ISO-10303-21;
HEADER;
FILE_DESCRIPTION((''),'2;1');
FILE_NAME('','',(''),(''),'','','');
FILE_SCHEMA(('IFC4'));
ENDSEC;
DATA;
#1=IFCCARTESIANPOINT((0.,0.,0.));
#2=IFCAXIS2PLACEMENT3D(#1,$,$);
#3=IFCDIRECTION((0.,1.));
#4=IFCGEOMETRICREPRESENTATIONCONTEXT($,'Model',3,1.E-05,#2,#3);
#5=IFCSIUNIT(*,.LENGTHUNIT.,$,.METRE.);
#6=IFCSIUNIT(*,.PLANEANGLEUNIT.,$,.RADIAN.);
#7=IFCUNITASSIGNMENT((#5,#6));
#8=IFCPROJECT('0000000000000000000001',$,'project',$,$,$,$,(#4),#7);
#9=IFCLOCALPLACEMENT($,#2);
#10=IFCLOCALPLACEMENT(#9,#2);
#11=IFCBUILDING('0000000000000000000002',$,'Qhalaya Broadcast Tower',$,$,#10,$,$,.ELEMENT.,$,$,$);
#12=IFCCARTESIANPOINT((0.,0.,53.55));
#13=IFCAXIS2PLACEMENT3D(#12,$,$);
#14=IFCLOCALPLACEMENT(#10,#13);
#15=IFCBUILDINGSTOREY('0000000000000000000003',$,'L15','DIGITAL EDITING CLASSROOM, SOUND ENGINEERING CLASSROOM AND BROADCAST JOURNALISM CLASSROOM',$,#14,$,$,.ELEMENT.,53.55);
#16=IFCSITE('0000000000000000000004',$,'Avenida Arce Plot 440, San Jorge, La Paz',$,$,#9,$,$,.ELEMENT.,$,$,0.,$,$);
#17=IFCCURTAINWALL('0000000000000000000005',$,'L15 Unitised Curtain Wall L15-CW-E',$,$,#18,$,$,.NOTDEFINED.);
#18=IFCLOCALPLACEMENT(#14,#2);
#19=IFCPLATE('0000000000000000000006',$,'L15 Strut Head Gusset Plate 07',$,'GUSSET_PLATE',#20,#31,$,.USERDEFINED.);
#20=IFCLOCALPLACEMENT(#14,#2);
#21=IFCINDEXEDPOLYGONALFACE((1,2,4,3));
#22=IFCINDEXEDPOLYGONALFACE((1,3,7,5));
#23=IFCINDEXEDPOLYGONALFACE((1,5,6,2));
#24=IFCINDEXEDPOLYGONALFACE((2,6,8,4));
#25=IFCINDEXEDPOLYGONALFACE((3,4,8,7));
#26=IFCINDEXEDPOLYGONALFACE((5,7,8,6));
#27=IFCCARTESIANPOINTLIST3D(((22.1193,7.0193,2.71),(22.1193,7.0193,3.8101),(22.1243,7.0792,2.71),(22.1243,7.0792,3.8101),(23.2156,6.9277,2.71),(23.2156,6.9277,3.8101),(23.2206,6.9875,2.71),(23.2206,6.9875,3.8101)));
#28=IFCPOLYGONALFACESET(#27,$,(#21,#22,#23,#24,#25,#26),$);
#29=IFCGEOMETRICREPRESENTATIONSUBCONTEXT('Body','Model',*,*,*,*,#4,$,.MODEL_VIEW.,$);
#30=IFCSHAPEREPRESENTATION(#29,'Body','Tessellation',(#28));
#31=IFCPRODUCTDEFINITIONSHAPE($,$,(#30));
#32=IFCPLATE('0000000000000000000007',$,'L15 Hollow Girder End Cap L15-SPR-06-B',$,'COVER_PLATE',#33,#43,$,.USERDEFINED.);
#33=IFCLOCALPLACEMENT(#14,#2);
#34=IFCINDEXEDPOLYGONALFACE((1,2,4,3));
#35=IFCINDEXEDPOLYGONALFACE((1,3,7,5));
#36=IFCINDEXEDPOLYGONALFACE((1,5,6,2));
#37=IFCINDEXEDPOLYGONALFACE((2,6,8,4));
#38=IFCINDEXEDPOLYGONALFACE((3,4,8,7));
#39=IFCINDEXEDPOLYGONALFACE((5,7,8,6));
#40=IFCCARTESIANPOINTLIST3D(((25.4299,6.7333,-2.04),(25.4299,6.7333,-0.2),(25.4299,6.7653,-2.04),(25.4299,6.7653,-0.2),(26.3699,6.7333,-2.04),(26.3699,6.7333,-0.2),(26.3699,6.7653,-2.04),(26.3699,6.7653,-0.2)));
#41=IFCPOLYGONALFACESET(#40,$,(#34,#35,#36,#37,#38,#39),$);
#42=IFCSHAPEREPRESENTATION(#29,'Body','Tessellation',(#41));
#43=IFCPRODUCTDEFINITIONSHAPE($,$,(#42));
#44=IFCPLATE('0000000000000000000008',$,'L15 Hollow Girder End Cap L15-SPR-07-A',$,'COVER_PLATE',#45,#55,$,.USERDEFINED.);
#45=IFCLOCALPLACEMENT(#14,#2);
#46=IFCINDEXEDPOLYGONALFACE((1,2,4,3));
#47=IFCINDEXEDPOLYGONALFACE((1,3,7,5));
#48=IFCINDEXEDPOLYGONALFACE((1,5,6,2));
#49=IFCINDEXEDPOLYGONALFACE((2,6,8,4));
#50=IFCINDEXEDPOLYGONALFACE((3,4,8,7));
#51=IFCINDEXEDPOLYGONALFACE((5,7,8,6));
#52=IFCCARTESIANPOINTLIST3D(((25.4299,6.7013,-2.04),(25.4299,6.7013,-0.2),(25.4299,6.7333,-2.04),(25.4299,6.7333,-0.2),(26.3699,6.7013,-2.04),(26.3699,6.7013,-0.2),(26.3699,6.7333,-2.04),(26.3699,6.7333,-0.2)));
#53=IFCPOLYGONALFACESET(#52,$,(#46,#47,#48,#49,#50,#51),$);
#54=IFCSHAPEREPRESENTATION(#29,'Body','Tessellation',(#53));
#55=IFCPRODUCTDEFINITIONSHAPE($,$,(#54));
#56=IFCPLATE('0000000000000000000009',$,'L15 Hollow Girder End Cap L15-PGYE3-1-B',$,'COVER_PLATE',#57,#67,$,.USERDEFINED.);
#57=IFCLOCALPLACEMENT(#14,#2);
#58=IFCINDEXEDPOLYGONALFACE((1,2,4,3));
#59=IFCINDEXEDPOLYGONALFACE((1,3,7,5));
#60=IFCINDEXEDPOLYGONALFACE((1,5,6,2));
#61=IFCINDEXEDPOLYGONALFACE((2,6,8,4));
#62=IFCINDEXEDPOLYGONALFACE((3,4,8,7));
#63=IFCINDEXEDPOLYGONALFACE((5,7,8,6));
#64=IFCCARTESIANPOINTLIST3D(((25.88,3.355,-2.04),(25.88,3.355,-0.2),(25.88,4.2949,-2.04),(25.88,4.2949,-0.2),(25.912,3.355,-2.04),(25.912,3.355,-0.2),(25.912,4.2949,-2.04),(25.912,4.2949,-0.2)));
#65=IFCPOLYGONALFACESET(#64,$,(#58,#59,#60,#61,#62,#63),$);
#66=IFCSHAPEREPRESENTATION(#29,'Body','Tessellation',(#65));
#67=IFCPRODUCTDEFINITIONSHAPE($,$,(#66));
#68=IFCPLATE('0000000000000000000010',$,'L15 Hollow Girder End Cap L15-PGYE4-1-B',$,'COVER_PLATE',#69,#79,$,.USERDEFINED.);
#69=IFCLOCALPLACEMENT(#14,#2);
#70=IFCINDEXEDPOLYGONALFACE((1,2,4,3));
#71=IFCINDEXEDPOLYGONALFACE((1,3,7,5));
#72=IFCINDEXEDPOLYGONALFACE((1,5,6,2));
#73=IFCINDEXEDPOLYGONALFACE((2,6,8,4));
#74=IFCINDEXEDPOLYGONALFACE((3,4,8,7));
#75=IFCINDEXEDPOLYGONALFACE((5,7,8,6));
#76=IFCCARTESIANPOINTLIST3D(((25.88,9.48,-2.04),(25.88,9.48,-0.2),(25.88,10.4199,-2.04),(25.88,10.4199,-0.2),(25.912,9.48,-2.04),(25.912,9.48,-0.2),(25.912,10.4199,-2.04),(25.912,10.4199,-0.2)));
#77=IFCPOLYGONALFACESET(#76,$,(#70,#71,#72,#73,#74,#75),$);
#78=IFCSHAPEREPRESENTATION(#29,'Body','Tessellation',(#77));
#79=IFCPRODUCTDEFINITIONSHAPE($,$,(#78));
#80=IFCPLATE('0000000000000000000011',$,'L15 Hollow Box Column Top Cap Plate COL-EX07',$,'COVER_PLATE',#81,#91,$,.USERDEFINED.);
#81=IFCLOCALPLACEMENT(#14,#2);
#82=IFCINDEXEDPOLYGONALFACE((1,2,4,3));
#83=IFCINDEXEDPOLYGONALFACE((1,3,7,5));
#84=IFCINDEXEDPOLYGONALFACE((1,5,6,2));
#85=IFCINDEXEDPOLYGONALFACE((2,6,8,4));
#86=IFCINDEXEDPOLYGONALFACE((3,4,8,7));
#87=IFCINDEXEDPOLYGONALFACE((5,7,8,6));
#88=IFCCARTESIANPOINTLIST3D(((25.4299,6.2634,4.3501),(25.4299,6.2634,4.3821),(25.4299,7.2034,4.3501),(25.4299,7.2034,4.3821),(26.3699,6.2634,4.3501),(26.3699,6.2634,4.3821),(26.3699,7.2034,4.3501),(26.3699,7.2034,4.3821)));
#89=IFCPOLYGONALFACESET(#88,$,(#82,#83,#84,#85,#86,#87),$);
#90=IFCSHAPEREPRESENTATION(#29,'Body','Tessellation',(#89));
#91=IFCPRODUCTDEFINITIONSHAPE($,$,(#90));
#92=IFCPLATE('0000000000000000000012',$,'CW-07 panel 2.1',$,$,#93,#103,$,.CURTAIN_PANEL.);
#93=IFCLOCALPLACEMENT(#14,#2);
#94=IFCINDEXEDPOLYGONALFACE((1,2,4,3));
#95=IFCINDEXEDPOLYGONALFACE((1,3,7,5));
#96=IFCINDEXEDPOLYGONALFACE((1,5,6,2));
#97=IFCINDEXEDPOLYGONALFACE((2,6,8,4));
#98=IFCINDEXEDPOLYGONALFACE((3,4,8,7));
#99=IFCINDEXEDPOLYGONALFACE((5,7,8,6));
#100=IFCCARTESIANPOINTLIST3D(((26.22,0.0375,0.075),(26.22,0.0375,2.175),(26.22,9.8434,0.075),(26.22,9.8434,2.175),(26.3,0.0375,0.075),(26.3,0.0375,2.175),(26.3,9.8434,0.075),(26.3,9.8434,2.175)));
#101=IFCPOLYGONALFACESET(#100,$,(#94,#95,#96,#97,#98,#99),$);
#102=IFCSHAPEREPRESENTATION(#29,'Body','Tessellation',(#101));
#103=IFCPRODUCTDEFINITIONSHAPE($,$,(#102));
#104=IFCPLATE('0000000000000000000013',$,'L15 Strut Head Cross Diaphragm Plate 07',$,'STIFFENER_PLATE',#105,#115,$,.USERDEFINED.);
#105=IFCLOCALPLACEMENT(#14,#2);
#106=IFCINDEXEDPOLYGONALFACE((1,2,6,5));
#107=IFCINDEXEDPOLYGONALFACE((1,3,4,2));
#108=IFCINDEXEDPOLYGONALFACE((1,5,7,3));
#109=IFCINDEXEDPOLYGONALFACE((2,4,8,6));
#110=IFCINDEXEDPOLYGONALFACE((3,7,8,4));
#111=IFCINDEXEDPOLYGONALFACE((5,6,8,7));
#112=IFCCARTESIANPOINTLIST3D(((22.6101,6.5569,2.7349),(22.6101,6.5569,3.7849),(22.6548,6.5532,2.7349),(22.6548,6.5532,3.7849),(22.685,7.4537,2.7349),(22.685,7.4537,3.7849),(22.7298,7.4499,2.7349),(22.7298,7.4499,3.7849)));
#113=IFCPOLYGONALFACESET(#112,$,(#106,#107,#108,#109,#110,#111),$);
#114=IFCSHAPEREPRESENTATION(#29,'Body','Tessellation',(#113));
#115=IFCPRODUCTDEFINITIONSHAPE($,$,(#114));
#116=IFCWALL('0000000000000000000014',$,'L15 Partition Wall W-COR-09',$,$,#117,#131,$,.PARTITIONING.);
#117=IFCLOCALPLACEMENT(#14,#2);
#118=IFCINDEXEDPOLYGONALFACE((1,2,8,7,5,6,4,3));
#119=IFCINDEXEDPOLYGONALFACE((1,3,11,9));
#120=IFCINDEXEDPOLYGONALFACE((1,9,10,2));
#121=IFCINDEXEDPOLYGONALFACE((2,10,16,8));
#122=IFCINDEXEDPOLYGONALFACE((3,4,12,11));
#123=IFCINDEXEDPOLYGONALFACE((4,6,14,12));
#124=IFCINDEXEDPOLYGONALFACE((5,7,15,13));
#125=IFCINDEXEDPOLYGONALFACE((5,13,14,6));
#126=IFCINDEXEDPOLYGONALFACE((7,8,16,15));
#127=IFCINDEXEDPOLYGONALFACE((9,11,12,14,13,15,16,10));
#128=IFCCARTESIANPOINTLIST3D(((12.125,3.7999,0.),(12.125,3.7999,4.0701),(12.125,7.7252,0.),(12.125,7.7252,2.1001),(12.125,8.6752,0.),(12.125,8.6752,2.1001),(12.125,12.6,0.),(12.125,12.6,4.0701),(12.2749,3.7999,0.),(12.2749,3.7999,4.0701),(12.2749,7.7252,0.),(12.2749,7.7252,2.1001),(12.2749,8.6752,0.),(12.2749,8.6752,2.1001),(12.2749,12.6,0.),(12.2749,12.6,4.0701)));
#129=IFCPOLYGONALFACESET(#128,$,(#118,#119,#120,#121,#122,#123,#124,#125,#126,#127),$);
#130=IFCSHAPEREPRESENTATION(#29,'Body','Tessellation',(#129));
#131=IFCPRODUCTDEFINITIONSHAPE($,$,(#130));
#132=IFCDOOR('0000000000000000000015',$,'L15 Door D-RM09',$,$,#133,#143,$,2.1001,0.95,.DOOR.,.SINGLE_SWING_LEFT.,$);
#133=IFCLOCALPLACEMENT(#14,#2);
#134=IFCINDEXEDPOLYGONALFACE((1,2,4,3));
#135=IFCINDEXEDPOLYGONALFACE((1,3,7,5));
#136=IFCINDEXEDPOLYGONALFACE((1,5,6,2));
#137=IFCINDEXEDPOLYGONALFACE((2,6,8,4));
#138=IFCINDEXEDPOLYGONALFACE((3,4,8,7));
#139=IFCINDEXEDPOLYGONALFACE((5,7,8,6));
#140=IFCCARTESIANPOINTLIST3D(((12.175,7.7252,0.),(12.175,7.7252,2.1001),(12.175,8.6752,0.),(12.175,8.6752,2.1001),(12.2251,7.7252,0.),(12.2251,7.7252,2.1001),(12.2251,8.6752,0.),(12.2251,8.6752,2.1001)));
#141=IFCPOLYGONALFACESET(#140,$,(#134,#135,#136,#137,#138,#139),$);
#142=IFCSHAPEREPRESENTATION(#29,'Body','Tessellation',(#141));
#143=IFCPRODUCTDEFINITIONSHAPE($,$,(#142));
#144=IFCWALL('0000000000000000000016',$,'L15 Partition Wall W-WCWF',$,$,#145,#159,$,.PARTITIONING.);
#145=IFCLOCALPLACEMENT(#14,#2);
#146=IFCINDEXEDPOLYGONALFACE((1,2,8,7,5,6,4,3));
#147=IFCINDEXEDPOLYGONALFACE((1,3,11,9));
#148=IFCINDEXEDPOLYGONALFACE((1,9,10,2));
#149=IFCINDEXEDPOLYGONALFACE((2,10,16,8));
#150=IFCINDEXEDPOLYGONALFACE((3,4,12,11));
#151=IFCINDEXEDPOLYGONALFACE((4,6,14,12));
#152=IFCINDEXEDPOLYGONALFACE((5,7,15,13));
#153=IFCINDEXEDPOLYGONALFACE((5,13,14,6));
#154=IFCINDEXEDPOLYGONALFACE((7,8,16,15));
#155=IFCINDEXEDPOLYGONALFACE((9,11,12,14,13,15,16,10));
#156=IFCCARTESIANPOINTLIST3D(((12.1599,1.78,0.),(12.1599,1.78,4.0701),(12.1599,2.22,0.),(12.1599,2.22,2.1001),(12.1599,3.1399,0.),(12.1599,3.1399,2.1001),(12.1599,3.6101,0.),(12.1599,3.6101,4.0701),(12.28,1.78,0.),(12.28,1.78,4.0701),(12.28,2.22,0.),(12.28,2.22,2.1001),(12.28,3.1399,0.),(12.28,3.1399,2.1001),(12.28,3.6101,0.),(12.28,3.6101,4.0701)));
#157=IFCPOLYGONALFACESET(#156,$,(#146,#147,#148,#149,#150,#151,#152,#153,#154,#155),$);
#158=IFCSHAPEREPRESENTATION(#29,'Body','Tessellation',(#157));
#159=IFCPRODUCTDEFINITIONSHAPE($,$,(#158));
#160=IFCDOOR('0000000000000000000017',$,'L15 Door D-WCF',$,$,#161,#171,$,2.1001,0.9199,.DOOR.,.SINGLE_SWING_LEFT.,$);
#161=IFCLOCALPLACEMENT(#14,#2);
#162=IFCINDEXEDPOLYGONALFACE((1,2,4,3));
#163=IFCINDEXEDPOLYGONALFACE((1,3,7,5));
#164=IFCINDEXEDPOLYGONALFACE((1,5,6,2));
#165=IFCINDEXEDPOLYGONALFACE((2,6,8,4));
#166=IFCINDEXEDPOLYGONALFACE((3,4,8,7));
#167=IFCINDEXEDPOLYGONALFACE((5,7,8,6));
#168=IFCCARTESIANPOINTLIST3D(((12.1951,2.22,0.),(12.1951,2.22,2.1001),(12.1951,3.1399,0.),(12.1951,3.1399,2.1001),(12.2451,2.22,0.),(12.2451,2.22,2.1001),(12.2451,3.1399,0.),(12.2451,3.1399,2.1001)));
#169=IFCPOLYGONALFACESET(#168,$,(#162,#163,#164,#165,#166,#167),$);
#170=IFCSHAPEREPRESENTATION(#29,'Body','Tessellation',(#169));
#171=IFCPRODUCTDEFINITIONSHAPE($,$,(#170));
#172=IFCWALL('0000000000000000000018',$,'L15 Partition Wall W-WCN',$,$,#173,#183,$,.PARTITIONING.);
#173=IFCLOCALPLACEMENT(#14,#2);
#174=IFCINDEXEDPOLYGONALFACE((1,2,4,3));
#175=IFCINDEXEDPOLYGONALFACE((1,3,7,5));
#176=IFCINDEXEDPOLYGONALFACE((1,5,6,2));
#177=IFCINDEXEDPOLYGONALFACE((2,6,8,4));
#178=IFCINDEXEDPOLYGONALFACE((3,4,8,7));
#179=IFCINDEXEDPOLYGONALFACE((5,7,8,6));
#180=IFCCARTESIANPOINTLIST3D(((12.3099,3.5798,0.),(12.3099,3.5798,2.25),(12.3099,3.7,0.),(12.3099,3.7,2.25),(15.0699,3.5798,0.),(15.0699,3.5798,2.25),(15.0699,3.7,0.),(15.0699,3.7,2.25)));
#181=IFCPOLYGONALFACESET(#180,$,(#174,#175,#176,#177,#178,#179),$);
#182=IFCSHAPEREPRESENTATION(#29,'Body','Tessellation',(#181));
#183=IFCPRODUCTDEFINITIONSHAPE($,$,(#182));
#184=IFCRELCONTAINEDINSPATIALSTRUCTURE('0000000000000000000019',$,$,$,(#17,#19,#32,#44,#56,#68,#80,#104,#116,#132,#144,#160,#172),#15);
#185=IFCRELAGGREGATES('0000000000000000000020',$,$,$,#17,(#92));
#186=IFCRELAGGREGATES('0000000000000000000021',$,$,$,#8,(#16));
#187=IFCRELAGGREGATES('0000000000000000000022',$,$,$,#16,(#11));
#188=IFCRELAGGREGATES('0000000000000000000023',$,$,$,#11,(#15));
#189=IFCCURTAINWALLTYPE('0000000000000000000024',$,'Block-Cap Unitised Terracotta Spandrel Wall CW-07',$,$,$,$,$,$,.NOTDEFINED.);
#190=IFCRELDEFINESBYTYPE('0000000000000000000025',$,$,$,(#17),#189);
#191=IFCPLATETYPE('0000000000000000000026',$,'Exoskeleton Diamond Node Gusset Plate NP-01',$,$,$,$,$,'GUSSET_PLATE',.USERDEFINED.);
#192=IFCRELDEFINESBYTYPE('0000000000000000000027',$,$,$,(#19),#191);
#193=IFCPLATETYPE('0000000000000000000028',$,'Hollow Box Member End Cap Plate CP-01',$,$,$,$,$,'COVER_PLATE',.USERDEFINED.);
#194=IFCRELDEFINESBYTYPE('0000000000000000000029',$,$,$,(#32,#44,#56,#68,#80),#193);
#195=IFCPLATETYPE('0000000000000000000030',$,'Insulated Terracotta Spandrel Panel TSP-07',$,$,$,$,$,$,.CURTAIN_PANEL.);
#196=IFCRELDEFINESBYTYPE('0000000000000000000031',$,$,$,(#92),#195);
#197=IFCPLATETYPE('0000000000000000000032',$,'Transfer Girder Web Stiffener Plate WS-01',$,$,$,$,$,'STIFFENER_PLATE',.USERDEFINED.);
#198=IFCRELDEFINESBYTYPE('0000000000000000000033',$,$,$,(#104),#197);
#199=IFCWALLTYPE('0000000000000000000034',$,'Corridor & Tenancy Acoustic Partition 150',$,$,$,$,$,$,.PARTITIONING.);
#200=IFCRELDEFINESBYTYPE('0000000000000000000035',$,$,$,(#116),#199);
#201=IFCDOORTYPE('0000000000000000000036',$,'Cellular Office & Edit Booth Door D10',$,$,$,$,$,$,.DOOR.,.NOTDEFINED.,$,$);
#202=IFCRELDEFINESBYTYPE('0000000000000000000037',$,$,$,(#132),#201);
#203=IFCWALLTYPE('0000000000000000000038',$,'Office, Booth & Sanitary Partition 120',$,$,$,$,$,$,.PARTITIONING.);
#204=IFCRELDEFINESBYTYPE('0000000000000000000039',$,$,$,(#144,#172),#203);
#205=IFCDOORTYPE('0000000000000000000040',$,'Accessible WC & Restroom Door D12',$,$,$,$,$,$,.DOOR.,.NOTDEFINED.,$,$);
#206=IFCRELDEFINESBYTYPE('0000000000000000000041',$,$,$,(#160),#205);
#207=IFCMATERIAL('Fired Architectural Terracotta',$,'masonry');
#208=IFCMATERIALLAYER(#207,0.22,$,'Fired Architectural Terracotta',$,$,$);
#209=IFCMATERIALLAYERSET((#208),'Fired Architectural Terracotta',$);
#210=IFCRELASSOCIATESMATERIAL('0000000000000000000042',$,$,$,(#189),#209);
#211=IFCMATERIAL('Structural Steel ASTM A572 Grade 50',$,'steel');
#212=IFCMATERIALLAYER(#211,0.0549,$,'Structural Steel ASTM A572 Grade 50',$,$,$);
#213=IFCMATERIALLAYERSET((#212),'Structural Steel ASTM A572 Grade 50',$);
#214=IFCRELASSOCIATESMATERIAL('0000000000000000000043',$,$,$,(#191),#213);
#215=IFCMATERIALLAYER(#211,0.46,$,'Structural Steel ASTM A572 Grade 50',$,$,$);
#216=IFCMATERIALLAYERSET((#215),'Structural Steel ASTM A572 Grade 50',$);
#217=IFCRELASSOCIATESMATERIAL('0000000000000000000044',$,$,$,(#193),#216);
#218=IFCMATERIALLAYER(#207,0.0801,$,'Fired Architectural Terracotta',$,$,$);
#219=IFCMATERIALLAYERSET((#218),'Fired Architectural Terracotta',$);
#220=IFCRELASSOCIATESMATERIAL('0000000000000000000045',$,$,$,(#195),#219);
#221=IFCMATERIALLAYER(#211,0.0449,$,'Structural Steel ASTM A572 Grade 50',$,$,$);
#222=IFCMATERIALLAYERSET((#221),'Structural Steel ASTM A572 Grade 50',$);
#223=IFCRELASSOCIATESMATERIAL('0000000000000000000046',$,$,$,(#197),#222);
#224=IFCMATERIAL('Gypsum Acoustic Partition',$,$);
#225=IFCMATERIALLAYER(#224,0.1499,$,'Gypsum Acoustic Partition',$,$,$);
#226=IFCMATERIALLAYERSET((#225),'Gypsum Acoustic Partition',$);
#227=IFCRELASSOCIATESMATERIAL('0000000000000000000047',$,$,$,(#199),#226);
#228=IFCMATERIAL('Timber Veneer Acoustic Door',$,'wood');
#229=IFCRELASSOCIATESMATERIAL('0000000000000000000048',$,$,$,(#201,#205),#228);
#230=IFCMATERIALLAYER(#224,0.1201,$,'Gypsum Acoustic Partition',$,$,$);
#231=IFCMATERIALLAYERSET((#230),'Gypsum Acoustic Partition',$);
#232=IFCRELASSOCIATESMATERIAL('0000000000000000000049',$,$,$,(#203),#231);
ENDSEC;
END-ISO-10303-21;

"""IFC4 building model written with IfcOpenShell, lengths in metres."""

from ifc_helpers import new_model, si_unit, direction, frame, frame_2d, origin, origin_2d, place, context, subcontext, project, spatial, rectangle, extrude, material, layer, layer_set, type_object, element, fill, aggregate, save


model = new_model("IFC4")

# Units and contexts
model_context = context("Model", 3, precision=1e-05, world=origin(), true_north=direction((0.0, 1.0)))
body_context = subcontext(model_context, "Body", "Model", "MODEL_VIEW")
ifc_project = project(units=[si_unit("LENGTHUNIT", "METRE"), si_unit("PLANEANGLEUNIT", "RADIAN")], contexts=[model_context])

# Site, building, storey
site_placement = place(None, origin())
site = spatial("IfcSite", under=ifc_project, at=site_placement, Name="Avenida Arce Plot 440, San Jorge, La Paz", CompositionType="ELEMENT", RefElevation=0.0)
building_placement = place(site_placement, origin())
building = spatial("IfcBuilding", under=site, at=building_placement, Name="Qhalaya Broadcast Tower", CompositionType="ELEMENT")
storey_placement = place(building_placement, frame((0.0, 0.0, 53.55)))
storey = spatial("IfcBuildingStorey", under=building, at=storey_placement, Name="L15", Description="DIGITAL EDITING CLASSROOM, SOUND ENGINEERING CLASSROOM AND BROADCAST JOURNALISM CLASSROOM", CompositionType="ELEMENT", Elevation=53.55)

# Shared definitions
ifc_material_1 = material(Name="Structural Steel ASTM A572 Grade 50", Category="steel")

# Curtain wall
ifc_material_2 = material(Name="Fired Architectural Terracotta", Category="masonry")
ifc_layer_1 = layer(ifc_material_2, 0.22, Name="Fired Architectural Terracotta")
ifc_layer_set_1 = layer_set([ifc_layer_1], Name="Fired Architectural Terracotta")
curtain_wall_type = type_object("IfcCurtainWallType", Name="Block-Cap Unitised Terracotta Spandrel Wall CW-07", PredefinedType="NOTDEFINED", material=ifc_layer_set_1)
curtain_wall_placement = place(storey_placement, origin())
curtain_wall = element("IfcCurtainWall", 1, at=curtain_wall_placement, inside=storey, type_object=curtain_wall_type, Name="L15 Unitised Curtain Wall L15-CW-E", PredefinedType="NOTDEFINED")

# Plates
ifc_layer_2 = layer(ifc_material_1, 0.0549, Name="Structural Steel ASTM A572 Grade 50")
ifc_layer_set_2 = layer_set([ifc_layer_2], Name="Structural Steel ASTM A572 Grade 50")
plate_type_1 = type_object("IfcPlateType", Name="Exoskeleton Diamond Node Gusset Plate NP-01", ElementType="GUSSET_PLATE", PredefinedType="USERDEFINED", material=ifc_layer_set_2)
for number, where, z_axis, x_axis, name in (
    (2, (22.6699, 7.0034, 2.71), (0.0, 0.0, 1.0), (-0.996525, 0.083295, 0.0), "L15 Strut Head Gusset Plate 07"),
):
    element("IfcPlate", number, at=place(storey_placement, frame(where, z_axis=z_axis, x_axis=x_axis)), inside=storey, type_object=plate_type_1, Name=name, ObjectType="GUSSET_PLATE", PredefinedType="USERDEFINED", context=body_context, shape_type="SweptSolid", body=[
        extrude(rectangle(XDim=1.1001, YDim=0.0601, at=origin_2d()), origin(), (0.0, 0.0, 1.0), 1.1001),
    ])
ifc_layer_3 = layer(ifc_material_1, 0.46, Name="Structural Steel ASTM A572 Grade 50")
ifc_layer_set_3 = layer_set([ifc_layer_3], Name="Structural Steel ASTM A572 Grade 50")
plate_type_2 = type_object("IfcPlateType", Name="Hollow Box Member End Cap Plate CP-01", ElementType="COVER_PLATE", PredefinedType="USERDEFINED", material=ifc_layer_set_3)
for number, where, z_axis, x_axis, name in (
    (3, (25.8999, 6.7493, -2.04), (0.0, 0.0, 1.0), (-1.0, 0.0, 0.0), "L15 Hollow Girder End Cap L15-SPR-06-B"),
    (4, (25.8999, 6.7173, -2.04), (0.0, 0.0, 1.0), (-1.0, 0.0, 0.0), "L15 Hollow Girder End Cap L15-SPR-07-A"),
    (5, (25.896, 3.825, -2.04), (0.0, 0.0, 1.0), (0.0, 1.0, 0.0), "L15 Hollow Girder End Cap L15-PGYE3-1-B"),
    (6, (25.896, 9.95, -2.04), (0.0, 0.0, 1.0), (0.0, 1.0, 0.0), "L15 Hollow Girder End Cap L15-PGYE4-1-B"),
):
    element("IfcPlate", number, at=place(storey_placement, frame(where, z_axis=z_axis, x_axis=x_axis)), inside=storey, type_object=plate_type_2, Name=name, ObjectType="COVER_PLATE", PredefinedType="USERDEFINED", context=body_context, shape_type="SweptSolid", body=[
        extrude(rectangle(XDim=0.9399, YDim=0.032, at=origin_2d()), origin(), (0.0, 0.0, 1.0), 1.8401),
    ])
plate_1_placement = place(storey_placement, frame((25.8999, 6.7334, 4.3501), z_axis=(0.0, 0.0, 1.0), x_axis=(0.0, 1.0, 0.0)))
element("IfcPlate", 7, at=plate_1_placement, inside=storey, type_object=plate_type_2, Name="L15 Hollow Box Column Top Cap Plate COL-EX07", ObjectType="COVER_PLATE", PredefinedType="USERDEFINED", context=body_context, shape_type="SweptSolid", body=[
    extrude(rectangle(XDim=0.9399, YDim=0.9399, at=origin_2d()), origin(), (0.0, 0.0, 1.0), 0.032),
])

# Plates
ifc_layer_4 = layer(ifc_material_2, 0.0801, Name="Fired Architectural Terracotta")
ifc_layer_set_4 = layer_set([ifc_layer_4], Name="Fired Architectural Terracotta")
plate_type_3 = type_object("IfcPlateType", Name="Insulated Terracotta Spandrel Panel TSP-07", PredefinedType="CURTAIN_PANEL", material=ifc_layer_set_4)
plate_2_placement = place(storey_placement, frame((26.26, 4.9404, 0.075), z_axis=(0.0, 0.0, 1.0), x_axis=(0.0, -1.0, 0.0)))
plate_2 = element("IfcPlate", 8, at=plate_2_placement, type_object=plate_type_3, Name="CW-07 panel 2.1", PredefinedType="CURTAIN_PANEL", context=body_context, shape_type="SweptSolid", body=[
    extrude(rectangle(XDim=9.8059, YDim=0.0801, at=origin_2d()), origin(), (0.0, 0.0, 1.0), 2.1001),
])
aggregate(curtain_wall, [plate_2])
ifc_layer_5 = layer(ifc_material_1, 0.0449, Name="Structural Steel ASTM A572 Grade 50")
ifc_layer_set_5 = layer_set([ifc_layer_5], Name="Structural Steel ASTM A572 Grade 50")
plate_type_4 = type_object("IfcPlateType", Name="Transfer Girder Web Stiffener Plate WS-01", ElementType="STIFFENER_PLATE", PredefinedType="USERDEFINED", material=ifc_layer_set_5)
plate_3_placement = place(storey_placement, frame((22.6699, 7.0034, 2.7349), z_axis=(0.0, 0.0, 1.0), x_axis=(-0.083295, -0.996525, 0.0)))
element("IfcPlate", 9, at=plate_3_placement, inside=storey, type_object=plate_type_4, Name="L15 Strut Head Cross Diaphragm Plate 07", ObjectType="STIFFENER_PLATE", PredefinedType="USERDEFINED", context=body_context, shape_type="SweptSolid", body=[
    extrude(rectangle(XDim=0.8999, YDim=0.0449, at=origin_2d()), origin(), (0.0, 0.0, 1.0), 1.05),
])

# Walls, openings, doors
ifc_material_3 = material(Name="Gypsum Acoustic Partition")
ifc_layer_6 = layer(ifc_material_3, 0.1499, Name="Gypsum Acoustic Partition")
ifc_layer_set_6 = layer_set([ifc_layer_6], Name="Gypsum Acoustic Partition")
wall_type_1 = type_object("IfcWallType", Name="Corridor & Tenancy Acoustic Partition 150", PredefinedType="PARTITIONING", material=ifc_layer_set_6)
wall_1_placement = place(storey_placement, frame((12.2, 3.8, 0.0), z_axis=(0.0, 0.0, 1.0), x_axis=(0.0, 1.0, 0.0)))
wall_1 = element("IfcWall", 10, at=wall_1_placement, inside=storey, type_object=wall_type_1, Name="L15 Partition Wall W-COR-09", PredefinedType="PARTITIONING", context=body_context, shape_type="SweptSolid", body=[
    extrude(rectangle(XDim=8.8, YDim=0.1499, at=frame_2d((4.3999, 0.0))), origin(), (0.0, 0.0, 1.0), 4.0701),
])
opening_1_placement = place(wall_1_placement, frame((3.925, 0.0, 0.0)))
opening_1 = element("IfcOpeningElement", 11, at=opening_1_placement, cuts=wall_1, PredefinedType="OPENING", context=body_context, shape_type="SweptSolid", body=[
    extrude(rectangle(XDim=0.95, YDim=2.1001, at=frame_2d((0.4751, 1.05))), frame((0.0, 0.0869, 0.0), z_axis=(0.0, -1.0, 0.0), x_axis=(1.0, 0.0, 0.0)), (0.0, 0.0, 1.0), 0.1738),
])
ifc_material_4 = material(Name="Timber Veneer Acoustic Door", Category="wood")
door_type_1 = type_object("IfcDoorType", Name="Cellular Office & Edit Booth Door D10", OperationType="NOTDEFINED", PredefinedType="DOOR", material=ifc_material_4)
door_1_placement = place(opening_1_placement, origin())
door_1 = element("IfcDoor", 12, at=door_1_placement, inside=storey, type_object=door_type_1, Name="L15 Door D-RM09", OperationType="SINGLE_SWING_LEFT", OverallHeight=2.1001, OverallWidth=0.95, PredefinedType="DOOR", context=body_context, shape_type="SweptSolid", body=[
    extrude(rectangle(XDim=0.95, YDim=2.1001, at=frame_2d((0.4751, 1.05))), frame((0.0, 0.0249, 0.0), z_axis=(0.0, -1.0, 0.0), x_axis=(1.0, 0.0, 0.0)), (0.0, 0.0, 1.0), 0.05),
])
fill(opening_1, door_1)
ifc_layer_7 = layer(ifc_material_3, 0.1201, Name="Gypsum Acoustic Partition")
ifc_layer_set_7 = layer_set([ifc_layer_7], Name="Gypsum Acoustic Partition")
wall_type_2 = type_object("IfcWallType", Name="Office, Booth & Sanitary Partition 120", PredefinedType="PARTITIONING", material=ifc_layer_set_7)
wall_2_placement = place(storey_placement, frame((12.22, 1.78, 0.0), z_axis=(0.0, 0.0, 1.0), x_axis=(0.0, 1.0, 0.0)))
wall_2 = element("IfcWall", 13, at=wall_2_placement, inside=storey, type_object=wall_type_2, Name="L15 Partition Wall W-WCWF", PredefinedType="PARTITIONING", context=body_context, shape_type="SweptSolid", body=[
    extrude(rectangle(XDim=1.8301, YDim=0.1201, at=frame_2d((0.915, 0.0))), origin(), (0.0, 0.0, 1.0), 4.0701),
])
opening_2_placement = place(wall_2_placement, frame((0.4399, 0.0, 0.0)))
opening_2 = element("IfcOpeningElement", 14, at=opening_2_placement, cuts=wall_2, PredefinedType="OPENING", context=body_context, shape_type="SweptSolid", body=[
    extrude(rectangle(XDim=0.9199, YDim=2.1001, at=frame_2d((0.46, 1.05))), frame((0.0, 0.072, 0.0), z_axis=(0.0, -1.0, 0.0), x_axis=(1.0, 0.0, 0.0)), (0.0, 0.0, 1.0), 0.144),
])
door_type_2 = type_object("IfcDoorType", Name="Accessible WC & Restroom Door D12", OperationType="NOTDEFINED", PredefinedType="DOOR", material=ifc_material_4)
door_2_placement = place(opening_2_placement, origin())
door_2 = element("IfcDoor", 15, at=door_2_placement, inside=storey, type_object=door_type_2, Name="L15 Door D-WCF", OperationType="SINGLE_SWING_LEFT", OverallHeight=2.1001, OverallWidth=0.9199, PredefinedType="DOOR", context=body_context, shape_type="SweptSolid", body=[
    extrude(rectangle(XDim=0.9199, YDim=2.1001, at=frame_2d((0.46, 1.05))), frame((0.0, 0.0249, 0.0), z_axis=(0.0, -1.0, 0.0), x_axis=(1.0, 0.0, 0.0)), (0.0, 0.0, 1.0), 0.05),
])
fill(opening_2, door_2)

# Wall
wall_3_placement = place(storey_placement, frame((12.3101, 3.6399, 0.0), z_axis=(0.0, 0.0, 1.0), x_axis=(1.0, 0.0, 0.0)))
element("IfcWall", 16, at=wall_3_placement, inside=storey, type_object=wall_type_2, Name="L15 Partition Wall W-WCN", PredefinedType="PARTITIONING", context=body_context, shape_type="SweptSolid", body=[
    extrude(rectangle(XDim=2.76, YDim=0.1201, at=frame_2d((1.3799, 0.0))), origin(), (0.0, 0.0, 1.0), 2.25),
])

save(model, "model.ifc")
